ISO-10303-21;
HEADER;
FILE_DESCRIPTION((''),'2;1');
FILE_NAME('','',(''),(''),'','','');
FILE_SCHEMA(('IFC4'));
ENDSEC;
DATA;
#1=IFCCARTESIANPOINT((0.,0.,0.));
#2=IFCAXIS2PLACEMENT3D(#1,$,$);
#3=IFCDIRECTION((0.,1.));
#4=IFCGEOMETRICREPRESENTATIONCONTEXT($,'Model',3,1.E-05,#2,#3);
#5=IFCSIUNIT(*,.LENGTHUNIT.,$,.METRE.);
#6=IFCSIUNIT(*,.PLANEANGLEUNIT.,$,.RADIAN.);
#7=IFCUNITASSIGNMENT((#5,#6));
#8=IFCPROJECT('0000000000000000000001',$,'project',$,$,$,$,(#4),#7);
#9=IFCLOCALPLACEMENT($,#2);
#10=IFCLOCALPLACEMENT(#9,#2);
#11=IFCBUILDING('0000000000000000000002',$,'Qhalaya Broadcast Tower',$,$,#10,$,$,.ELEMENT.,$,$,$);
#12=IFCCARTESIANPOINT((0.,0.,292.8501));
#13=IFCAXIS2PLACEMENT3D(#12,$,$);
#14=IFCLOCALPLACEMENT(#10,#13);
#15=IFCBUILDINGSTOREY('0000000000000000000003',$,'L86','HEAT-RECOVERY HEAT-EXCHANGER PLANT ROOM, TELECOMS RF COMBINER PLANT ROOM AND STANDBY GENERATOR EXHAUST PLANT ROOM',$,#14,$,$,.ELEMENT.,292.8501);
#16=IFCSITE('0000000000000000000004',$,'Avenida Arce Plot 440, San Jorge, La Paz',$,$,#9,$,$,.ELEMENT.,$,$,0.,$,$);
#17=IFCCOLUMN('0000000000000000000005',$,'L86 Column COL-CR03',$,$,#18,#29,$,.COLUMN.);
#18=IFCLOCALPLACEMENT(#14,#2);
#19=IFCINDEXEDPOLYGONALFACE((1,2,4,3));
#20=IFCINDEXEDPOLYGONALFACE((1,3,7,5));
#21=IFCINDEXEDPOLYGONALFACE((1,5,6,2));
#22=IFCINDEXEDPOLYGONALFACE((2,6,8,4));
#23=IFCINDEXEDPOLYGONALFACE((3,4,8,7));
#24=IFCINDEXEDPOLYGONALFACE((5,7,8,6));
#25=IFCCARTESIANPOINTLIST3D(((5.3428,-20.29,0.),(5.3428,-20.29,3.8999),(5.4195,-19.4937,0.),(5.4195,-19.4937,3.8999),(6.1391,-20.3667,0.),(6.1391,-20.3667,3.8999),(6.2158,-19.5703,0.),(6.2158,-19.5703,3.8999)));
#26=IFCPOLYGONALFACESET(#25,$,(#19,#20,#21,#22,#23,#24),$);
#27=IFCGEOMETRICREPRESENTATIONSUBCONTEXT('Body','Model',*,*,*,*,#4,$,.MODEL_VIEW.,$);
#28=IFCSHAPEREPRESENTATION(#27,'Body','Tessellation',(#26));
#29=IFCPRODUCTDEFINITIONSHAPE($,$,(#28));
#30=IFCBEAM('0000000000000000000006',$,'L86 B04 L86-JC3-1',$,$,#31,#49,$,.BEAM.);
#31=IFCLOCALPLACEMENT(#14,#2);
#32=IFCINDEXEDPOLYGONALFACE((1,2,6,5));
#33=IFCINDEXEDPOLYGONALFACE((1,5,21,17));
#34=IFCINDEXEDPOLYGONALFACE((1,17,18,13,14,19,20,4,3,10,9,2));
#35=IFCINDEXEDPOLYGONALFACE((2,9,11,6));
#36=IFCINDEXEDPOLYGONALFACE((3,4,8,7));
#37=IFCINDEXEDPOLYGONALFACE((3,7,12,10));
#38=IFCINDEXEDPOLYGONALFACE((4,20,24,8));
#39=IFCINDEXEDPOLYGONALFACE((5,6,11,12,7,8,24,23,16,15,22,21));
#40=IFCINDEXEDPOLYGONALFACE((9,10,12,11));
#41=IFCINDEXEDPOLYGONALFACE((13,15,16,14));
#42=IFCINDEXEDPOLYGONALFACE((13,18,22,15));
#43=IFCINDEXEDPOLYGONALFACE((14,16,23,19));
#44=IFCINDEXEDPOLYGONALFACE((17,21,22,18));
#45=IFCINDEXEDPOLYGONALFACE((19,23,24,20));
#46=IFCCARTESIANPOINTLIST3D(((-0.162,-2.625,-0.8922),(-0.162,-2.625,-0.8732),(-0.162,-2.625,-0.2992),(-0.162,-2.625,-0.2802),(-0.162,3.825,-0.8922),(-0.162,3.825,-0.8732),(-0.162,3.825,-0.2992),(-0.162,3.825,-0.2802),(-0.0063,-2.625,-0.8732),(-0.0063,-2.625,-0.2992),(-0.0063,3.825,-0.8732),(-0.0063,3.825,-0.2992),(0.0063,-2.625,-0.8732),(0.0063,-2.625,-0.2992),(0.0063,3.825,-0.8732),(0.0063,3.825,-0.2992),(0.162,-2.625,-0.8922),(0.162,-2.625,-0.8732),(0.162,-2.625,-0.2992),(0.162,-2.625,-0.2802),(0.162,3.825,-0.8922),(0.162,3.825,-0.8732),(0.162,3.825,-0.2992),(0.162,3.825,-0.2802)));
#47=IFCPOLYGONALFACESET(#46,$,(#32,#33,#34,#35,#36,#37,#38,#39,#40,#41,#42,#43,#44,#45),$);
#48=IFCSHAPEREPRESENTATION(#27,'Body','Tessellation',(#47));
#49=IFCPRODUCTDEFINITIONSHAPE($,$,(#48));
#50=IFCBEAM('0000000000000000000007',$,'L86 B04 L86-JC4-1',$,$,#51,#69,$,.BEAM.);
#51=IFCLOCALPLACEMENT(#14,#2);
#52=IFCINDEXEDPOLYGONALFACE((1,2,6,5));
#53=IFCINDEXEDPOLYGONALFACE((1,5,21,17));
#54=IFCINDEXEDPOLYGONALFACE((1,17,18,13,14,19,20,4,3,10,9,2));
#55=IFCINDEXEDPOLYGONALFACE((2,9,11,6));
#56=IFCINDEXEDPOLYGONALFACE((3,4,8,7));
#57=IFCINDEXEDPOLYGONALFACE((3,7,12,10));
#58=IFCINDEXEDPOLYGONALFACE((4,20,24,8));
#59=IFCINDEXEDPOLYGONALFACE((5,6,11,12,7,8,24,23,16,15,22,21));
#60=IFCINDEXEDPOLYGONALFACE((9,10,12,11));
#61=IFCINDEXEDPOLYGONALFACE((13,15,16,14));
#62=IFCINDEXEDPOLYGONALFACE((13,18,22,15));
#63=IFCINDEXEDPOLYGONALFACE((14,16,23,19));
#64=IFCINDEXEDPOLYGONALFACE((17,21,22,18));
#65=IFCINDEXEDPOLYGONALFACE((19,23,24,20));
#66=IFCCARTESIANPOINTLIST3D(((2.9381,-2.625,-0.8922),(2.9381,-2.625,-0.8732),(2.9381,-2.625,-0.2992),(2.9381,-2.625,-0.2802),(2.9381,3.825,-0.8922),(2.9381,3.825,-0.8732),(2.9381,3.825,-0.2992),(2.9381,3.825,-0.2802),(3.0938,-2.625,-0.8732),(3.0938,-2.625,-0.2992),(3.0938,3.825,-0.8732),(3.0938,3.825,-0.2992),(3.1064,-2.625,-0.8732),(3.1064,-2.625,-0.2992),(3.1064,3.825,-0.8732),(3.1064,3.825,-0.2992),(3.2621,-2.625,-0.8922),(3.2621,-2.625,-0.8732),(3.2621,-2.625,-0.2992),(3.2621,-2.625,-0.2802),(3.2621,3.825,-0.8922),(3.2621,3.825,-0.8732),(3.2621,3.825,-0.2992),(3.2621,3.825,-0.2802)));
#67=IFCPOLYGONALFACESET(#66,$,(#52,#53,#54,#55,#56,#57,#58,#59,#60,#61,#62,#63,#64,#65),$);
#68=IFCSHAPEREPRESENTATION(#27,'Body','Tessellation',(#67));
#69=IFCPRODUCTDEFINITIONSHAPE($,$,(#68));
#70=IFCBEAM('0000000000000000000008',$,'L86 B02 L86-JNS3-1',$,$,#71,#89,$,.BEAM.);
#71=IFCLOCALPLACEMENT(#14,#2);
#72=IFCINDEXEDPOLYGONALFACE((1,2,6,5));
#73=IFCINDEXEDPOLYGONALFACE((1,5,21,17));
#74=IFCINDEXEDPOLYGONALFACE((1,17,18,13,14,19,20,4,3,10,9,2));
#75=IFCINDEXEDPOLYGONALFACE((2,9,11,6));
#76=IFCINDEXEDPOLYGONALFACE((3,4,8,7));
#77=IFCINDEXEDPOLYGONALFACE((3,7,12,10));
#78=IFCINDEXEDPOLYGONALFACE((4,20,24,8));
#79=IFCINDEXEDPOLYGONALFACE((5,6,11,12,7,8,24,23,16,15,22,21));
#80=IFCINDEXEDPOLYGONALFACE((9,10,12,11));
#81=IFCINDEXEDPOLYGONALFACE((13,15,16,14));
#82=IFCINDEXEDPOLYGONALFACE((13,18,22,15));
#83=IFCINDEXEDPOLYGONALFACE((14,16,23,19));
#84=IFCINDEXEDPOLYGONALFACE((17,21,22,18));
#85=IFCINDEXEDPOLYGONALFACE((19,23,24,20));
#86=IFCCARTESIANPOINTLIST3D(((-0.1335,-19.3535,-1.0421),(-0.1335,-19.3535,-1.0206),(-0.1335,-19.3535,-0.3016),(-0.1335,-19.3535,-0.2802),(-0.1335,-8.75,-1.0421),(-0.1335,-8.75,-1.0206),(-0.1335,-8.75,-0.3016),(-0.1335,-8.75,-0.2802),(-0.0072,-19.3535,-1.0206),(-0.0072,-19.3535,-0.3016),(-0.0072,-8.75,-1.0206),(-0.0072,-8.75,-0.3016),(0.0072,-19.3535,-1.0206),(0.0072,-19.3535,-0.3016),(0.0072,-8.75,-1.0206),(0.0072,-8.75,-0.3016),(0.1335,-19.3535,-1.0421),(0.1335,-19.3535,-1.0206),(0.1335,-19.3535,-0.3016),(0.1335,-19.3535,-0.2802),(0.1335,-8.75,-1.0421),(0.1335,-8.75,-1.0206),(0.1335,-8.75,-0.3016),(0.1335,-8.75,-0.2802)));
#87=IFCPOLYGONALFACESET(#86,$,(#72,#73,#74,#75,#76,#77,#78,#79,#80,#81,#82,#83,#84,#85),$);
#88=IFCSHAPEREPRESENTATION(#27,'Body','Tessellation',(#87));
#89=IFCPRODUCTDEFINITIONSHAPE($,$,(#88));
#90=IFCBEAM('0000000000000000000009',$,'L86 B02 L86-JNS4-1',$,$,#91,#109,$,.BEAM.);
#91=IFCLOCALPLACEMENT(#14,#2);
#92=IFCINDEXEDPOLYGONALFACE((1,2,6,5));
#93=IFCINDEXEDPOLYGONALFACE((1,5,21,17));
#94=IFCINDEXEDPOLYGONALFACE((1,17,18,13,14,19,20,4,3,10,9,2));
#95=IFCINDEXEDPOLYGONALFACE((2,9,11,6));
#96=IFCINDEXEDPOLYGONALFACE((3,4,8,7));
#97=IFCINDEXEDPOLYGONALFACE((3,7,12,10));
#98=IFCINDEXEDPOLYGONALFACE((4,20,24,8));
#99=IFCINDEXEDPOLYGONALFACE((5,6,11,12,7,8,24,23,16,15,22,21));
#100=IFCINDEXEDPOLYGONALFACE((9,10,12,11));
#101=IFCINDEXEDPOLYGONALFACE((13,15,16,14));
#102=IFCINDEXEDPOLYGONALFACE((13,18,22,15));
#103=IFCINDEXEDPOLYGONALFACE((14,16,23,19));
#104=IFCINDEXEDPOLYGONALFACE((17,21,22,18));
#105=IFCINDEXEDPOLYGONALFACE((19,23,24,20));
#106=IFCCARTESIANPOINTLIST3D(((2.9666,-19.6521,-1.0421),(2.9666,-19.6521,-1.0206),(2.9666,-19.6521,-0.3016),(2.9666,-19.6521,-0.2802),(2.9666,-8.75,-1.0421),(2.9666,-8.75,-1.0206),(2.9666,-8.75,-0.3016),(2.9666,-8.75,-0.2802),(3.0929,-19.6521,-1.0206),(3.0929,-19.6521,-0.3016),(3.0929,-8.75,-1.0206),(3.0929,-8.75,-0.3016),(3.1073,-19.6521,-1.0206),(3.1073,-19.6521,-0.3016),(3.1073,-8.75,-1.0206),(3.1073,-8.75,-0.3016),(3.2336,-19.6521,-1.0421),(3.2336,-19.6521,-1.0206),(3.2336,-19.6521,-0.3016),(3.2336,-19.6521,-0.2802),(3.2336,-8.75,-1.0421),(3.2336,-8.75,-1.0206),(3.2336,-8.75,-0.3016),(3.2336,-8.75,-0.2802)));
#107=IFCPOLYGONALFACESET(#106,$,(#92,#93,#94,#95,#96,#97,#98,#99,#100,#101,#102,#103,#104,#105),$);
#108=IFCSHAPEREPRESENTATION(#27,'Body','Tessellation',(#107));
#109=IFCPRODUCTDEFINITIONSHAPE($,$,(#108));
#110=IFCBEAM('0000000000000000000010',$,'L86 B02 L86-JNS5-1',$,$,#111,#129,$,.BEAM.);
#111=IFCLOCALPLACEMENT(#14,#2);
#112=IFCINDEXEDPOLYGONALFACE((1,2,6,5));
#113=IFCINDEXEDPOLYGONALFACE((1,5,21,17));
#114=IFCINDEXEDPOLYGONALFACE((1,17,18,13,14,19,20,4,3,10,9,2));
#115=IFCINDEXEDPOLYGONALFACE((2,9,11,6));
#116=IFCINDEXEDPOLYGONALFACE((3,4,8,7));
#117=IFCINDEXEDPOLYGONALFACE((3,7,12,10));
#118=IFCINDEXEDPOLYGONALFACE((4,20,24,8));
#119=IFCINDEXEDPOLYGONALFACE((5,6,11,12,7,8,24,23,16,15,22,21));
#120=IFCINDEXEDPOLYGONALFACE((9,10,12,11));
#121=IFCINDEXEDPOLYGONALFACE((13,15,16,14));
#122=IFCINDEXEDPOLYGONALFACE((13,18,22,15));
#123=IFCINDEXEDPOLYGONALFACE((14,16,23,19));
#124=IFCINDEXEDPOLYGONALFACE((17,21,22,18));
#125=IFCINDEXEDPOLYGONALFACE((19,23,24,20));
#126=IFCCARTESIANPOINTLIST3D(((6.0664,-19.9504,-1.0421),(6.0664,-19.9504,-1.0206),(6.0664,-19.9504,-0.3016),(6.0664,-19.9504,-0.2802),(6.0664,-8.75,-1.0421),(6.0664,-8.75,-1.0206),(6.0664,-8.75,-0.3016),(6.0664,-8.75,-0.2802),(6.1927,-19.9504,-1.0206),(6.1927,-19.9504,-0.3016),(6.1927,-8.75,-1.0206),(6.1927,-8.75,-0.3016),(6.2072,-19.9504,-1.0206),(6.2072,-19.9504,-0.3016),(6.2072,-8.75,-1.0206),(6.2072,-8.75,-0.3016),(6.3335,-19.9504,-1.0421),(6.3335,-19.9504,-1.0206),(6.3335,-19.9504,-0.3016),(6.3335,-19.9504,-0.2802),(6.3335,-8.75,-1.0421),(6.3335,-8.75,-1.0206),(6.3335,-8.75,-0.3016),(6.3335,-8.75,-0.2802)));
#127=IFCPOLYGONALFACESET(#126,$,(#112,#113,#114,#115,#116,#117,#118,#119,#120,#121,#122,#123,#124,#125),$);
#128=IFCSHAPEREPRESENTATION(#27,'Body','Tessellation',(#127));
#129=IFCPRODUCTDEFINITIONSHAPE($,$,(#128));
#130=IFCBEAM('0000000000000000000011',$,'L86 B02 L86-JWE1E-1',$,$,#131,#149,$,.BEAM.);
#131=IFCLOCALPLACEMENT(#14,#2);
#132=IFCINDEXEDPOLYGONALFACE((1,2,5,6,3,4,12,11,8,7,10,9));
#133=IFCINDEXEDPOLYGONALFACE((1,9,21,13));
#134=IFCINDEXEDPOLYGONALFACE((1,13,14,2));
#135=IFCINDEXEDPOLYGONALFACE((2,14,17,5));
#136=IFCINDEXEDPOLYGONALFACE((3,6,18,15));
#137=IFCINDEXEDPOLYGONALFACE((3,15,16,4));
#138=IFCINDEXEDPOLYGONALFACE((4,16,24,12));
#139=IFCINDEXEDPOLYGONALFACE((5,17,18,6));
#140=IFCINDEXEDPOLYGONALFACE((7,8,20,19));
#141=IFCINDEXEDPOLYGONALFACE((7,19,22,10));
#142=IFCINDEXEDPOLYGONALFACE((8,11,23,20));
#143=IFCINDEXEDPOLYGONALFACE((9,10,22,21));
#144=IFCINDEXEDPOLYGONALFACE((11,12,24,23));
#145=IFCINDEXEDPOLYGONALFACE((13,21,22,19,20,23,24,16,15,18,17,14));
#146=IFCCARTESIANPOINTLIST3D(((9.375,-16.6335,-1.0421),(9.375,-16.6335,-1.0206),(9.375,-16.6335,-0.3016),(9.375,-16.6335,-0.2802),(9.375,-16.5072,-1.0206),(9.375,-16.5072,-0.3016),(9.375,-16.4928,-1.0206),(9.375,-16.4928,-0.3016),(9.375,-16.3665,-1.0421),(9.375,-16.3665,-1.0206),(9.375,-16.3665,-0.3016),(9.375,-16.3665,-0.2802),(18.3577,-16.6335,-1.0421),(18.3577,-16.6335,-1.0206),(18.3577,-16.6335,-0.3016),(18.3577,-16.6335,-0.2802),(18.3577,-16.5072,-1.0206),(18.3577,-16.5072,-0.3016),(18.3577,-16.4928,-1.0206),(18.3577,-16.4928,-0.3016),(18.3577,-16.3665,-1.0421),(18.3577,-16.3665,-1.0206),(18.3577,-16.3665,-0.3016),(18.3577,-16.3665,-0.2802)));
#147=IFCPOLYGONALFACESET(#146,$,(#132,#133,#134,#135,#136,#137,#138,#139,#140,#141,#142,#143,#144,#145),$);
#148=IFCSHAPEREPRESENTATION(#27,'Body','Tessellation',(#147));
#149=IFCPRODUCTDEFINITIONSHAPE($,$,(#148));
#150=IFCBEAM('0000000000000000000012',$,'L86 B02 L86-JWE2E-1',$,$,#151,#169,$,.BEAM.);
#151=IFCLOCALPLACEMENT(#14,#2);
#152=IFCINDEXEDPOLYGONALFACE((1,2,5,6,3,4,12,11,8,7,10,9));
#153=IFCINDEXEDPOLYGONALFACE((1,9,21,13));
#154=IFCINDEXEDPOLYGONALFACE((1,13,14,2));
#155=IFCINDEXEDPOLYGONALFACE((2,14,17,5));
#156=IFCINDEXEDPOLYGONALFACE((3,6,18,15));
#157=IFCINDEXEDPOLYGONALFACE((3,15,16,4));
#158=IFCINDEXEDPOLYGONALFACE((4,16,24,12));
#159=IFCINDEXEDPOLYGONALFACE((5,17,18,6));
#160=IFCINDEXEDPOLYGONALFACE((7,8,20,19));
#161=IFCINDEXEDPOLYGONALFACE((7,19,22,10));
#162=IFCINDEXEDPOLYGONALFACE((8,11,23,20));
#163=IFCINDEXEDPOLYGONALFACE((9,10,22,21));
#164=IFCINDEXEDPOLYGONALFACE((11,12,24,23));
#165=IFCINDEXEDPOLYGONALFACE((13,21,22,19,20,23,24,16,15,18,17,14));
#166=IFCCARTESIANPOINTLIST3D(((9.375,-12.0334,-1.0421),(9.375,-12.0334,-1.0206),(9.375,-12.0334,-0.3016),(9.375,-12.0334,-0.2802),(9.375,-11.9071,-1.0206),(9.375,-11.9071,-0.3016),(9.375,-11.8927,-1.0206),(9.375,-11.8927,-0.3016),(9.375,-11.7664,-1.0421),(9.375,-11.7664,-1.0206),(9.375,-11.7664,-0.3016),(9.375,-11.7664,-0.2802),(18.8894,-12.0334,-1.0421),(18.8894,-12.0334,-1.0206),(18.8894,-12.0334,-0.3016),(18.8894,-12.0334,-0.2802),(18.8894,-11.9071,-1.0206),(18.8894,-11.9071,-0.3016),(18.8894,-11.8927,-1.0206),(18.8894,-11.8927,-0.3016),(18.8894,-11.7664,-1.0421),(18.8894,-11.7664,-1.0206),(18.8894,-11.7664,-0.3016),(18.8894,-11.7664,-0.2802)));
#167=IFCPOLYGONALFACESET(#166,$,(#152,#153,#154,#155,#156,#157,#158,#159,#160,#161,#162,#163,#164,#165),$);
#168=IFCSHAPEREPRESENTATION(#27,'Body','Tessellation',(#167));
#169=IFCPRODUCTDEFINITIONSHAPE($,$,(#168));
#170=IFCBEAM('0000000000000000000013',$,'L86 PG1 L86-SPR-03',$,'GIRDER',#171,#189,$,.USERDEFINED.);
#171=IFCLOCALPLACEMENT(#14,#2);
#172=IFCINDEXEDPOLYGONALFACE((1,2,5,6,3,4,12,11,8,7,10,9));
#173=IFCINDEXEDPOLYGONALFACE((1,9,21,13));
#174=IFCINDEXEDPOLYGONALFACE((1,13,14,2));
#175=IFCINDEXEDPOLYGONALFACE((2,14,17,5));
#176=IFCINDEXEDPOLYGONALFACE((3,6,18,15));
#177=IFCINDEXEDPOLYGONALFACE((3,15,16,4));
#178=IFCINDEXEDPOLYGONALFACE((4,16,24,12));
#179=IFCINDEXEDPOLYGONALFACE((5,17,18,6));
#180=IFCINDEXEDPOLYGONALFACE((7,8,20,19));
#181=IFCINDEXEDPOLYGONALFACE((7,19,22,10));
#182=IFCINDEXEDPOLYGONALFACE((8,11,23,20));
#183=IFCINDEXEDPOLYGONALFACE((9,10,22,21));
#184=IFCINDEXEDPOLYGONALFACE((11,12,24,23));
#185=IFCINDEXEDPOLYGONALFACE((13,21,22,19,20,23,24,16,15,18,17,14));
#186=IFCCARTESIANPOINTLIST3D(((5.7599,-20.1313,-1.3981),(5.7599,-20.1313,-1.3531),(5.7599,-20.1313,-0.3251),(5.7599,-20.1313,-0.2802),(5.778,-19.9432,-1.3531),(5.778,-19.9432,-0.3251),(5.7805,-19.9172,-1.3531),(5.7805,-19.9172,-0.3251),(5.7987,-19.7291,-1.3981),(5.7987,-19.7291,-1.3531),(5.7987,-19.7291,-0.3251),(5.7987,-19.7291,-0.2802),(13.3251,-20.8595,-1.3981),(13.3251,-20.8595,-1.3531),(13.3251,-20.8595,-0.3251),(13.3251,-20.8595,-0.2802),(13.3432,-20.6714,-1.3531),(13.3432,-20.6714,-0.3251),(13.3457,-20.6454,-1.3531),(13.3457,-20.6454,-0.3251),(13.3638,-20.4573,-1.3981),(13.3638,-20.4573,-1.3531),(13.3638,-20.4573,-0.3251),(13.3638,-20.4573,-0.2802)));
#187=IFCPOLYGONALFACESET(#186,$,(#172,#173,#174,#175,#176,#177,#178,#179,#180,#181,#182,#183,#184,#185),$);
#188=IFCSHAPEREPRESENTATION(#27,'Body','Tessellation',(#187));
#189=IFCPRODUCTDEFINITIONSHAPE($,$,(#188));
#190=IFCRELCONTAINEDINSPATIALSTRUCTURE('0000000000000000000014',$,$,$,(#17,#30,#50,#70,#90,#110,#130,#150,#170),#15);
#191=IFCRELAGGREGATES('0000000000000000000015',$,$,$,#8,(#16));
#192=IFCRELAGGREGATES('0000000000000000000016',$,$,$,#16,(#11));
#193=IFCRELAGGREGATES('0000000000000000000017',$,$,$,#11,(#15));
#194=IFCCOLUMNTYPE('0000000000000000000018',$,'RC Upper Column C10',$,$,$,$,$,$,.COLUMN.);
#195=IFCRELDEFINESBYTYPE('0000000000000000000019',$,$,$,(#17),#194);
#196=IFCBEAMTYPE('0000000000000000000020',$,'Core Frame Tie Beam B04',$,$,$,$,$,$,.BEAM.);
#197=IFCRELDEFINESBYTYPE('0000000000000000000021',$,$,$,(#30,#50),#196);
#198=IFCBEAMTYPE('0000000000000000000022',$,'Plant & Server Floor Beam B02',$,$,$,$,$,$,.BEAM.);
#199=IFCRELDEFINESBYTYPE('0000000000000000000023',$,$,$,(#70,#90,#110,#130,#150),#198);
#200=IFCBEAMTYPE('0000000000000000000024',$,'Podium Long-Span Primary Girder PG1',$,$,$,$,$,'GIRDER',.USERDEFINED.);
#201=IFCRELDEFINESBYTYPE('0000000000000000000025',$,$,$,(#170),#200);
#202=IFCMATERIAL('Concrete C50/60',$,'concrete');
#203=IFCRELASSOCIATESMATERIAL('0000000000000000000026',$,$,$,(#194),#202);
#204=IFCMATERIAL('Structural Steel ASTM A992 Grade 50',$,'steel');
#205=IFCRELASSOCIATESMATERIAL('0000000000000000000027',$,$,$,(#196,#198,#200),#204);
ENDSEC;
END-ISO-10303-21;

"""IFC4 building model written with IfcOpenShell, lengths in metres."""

from ifc_helpers import new_model, si_unit, direction, frame, origin, origin_2d, place, context, subcontext, project, spatial, rectangle, i_section, extrude, material, material_profile, profile_set, type_object, element, save


model = new_model("IFC4")

# Units and contexts
model_context = context("Model", 3, precision=1e-05, world=origin(), true_north=direction((0.0, 1.0)))
body_context = subcontext(model_context, "Body", "Model", "MODEL_VIEW")
ifc_project = project(units=[si_unit("LENGTHUNIT", "METRE"), si_unit("PLANEANGLEUNIT", "RADIAN")], contexts=[model_context])

# Site, building, storey
site_placement = place(None, origin())
site = spatial("IfcSite", under=ifc_project, at=site_placement, Name="Avenida Arce Plot 440, San Jorge, La Paz", CompositionType="ELEMENT", RefElevation=0.0)
building_placement = place(site_placement, origin())
building = spatial("IfcBuilding", under=site, at=building_placement, Name="Qhalaya Broadcast Tower", CompositionType="ELEMENT")
storey_placement = place(building_placement, frame((0.0, 0.0, 292.8501)))
storey = spatial("IfcBuildingStorey", under=building, at=storey_placement, Name="L86", Description="HEAT-RECOVERY HEAT-EXCHANGER PLANT ROOM, TELECOMS RF COMBINER PLANT ROOM AND STANDBY GENERATOR EXHAUST PLANT ROOM", CompositionType="ELEMENT", Elevation=292.8501)

# Column
ifc_material_1 = material(Name="Concrete C50/60", Category="concrete")
ifc_material_profile_1 = material_profile(ifc_material_1, rectangle(XDim=0.8, YDim=0.8, at=origin_2d()), Name="RC-COL 800x800")
ifc_profile_set_1 = profile_set([ifc_material_profile_1], Name="Concrete C50/60")
column_type = type_object("IfcColumnType", Name="RC Upper Column C10", PredefinedType="COLUMN", material=ifc_profile_set_1)
column_placement = place(storey_placement, frame((5.7793, -19.9302, 0.0), z_axis=(0.0, 0.0, 1.0), x_axis=(0.995396, -0.095846, 0.0)))
element("IfcColumn", 1, at=column_placement, inside=storey, type_object=column_type, Name="L86 Column COL-CR03", PredefinedType="COLUMN", context=body_context, shape_type="SweptSolid", body=[
    extrude(rectangle(XDim=0.8, YDim=0.8, at=origin_2d()), origin(), (0.0, 0.0, 1.0), 3.8999),
])

# Beams
ifc_material_2 = material(Name="Structural Steel ASTM A992 Grade 50", Category="steel")
ifc_material_profile_2 = material_profile(ifc_material_2, i_section(OverallWidth=0.324, OverallDepth=0.6121, WebThickness=0.0127, FlangeThickness=0.019, at=origin_2d()), Name="W24X104")
ifc_profile_set_2 = profile_set([ifc_material_profile_2], Name="Structural Steel ASTM A992 Grade 50")
beam_type_1 = type_object("IfcBeamType", Name="Core Frame Tie Beam B04", PredefinedType="BEAM", material=ifc_profile_set_2)
for number, where, z_axis, x_axis, name in (
    (2, (0.0, -2.625, -0.5862), (0.0, 1.0, 0.0), (-1.0, 0.0, 0.0), "L86 B04 L86-JC3-1"),
    (3, (3.1001, -2.625, -0.5862), (0.0, 1.0, 0.0), (-1.0, 0.0, 0.0), "L86 B04 L86-JC4-1"),
):
    element("IfcBeam", number, at=place(storey_placement, frame(where, z_axis=z_axis, x_axis=x_axis)), inside=storey, type_object=beam_type_1, Name=name, PredefinedType="BEAM", context=body_context, shape_type="SweptSolid", body=[
        extrude(i_section(OverallWidth=0.324, OverallDepth=0.6121, WebThickness=0.0127, FlangeThickness=0.019, at=origin_2d()), origin(), (0.0, 0.0, 1.0), 6.45),
    ])
ifc_material_profile_3 = material_profile(ifc_material_2, i_section(OverallWidth=0.2671, OverallDepth=0.762, WebThickness=0.0144, FlangeThickness=0.0215, at=origin_2d()), Name="W30X116")
ifc_profile_set_3 = profile_set([ifc_material_profile_3], Name="Structural Steel ASTM A992 Grade 50")
beam_type_2 = type_object("IfcBeamType", Name="Plant & Server Floor Beam B02", PredefinedType="BEAM", material=ifc_profile_set_3)
beam_1_placement = place(storey_placement, frame((0.0, -19.3535, -0.6611), z_axis=(0.0, 1.0, 0.0), x_axis=(-1.0, 0.0, 0.0)))
element("IfcBeam", 4, at=beam_1_placement, inside=storey, type_object=beam_type_2, Name="L86 B02 L86-JNS3-1", PredefinedType="BEAM", context=body_context, shape_type="SweptSolid", body=[
    extrude(i_section(OverallWidth=0.2671, OverallDepth=0.762, WebThickness=0.0144, FlangeThickness=0.0215, at=origin_2d()), origin(), (0.0, 0.0, 1.0), 10.6035),
])
beam_2_placement = place(storey_placement, frame((3.1001, -19.6521, -0.6611), z_axis=(0.0, 1.0, 0.0), x_axis=(-1.0, 0.0, 0.0)))
element("IfcBeam", 5, at=beam_2_placement, inside=storey, type_object=beam_type_2, Name="L86 B02 L86-JNS4-1", PredefinedType="BEAM", context=body_context, shape_type="SweptSolid", body=[
    extrude(i_section(OverallWidth=0.2671, OverallDepth=0.762, WebThickness=0.0144, FlangeThickness=0.0215, at=origin_2d()), origin(), (0.0, 0.0, 1.0), 10.9021),
])
beam_3_placement = place(storey_placement, frame((6.2, -19.9504, -0.6611), z_axis=(0.0, 1.0, 0.0), x_axis=(-1.0, 0.0, 0.0)))
element("IfcBeam", 6, at=beam_3_placement, inside=storey, type_object=beam_type_2, Name="L86 B02 L86-JNS5-1", PredefinedType="BEAM", context=body_context, shape_type="SweptSolid", body=[
    extrude(i_section(OverallWidth=0.2671, OverallDepth=0.762, WebThickness=0.0144, FlangeThickness=0.0215, at=origin_2d()), origin(), (0.0, 0.0, 1.0), 11.2004),
])
beam_4_placement = place(storey_placement, frame((9.375, -16.5, -0.6611), z_axis=(1.0, 0.0, 0.0), x_axis=(0.0, 1.0, 0.0)))
element("IfcBeam", 7, at=beam_4_placement, inside=storey, type_object=beam_type_2, Name="L86 B02 L86-JWE1E-1", PredefinedType="BEAM", context=body_context, shape_type="SweptSolid", body=[
    extrude(i_section(OverallWidth=0.2671, OverallDepth=0.762, WebThickness=0.0144, FlangeThickness=0.0215, at=origin_2d()), origin(), (0.0, 0.0, 1.0), 8.9827),
])
beam_5_placement = place(storey_placement, frame((9.375, -11.8999, -0.6611), z_axis=(1.0, 0.0, 0.0), x_axis=(0.0, 1.0, 0.0)))
element("IfcBeam", 8, at=beam_5_placement, inside=storey, type_object=beam_type_2, Name="L86 B02 L86-JWE2E-1", PredefinedType="BEAM", context=body_context, shape_type="SweptSolid", body=[
    extrude(i_section(OverallWidth=0.2671, OverallDepth=0.762, WebThickness=0.0144, FlangeThickness=0.0215, at=origin_2d()), origin(), (0.0, 0.0, 1.0), 9.5144),
])
ifc_material_profile_4 = material_profile(ifc_material_2, i_section(OverallWidth=0.4041, OverallDepth=1.1179, WebThickness=0.0261, FlangeThickness=0.0449, at=origin_2d()), Name="W44X335")
ifc_profile_set_4 = profile_set([ifc_material_profile_4], Name="Structural Steel ASTM A992 Grade 50")
beam_type_3 = type_object("IfcBeamType", Name="Podium Long-Span Primary Girder PG1", ElementType="GIRDER", PredefinedType="USERDEFINED", material=ifc_profile_set_4)
beam_6_placement = place(storey_placement, frame((5.7793, -19.9302, -0.8391), z_axis=(0.995398, -0.095823, 0.0), x_axis=(0.095823, 0.995398, 0.0)))
element("IfcBeam", 9, at=beam_6_placement, inside=storey, type_object=beam_type_3, Name="L86 PG1 L86-SPR-03", ObjectType="GIRDER", PredefinedType="USERDEFINED", context=body_context, shape_type="SweptSolid", body=[
    extrude(i_section(OverallWidth=0.4041, OverallDepth=1.1179, WebThickness=0.0261, FlangeThickness=0.0449, at=origin_2d()), origin(), (0.0, 0.0, 1.0), 7.6001),
])

save(model, "model.ifc")
